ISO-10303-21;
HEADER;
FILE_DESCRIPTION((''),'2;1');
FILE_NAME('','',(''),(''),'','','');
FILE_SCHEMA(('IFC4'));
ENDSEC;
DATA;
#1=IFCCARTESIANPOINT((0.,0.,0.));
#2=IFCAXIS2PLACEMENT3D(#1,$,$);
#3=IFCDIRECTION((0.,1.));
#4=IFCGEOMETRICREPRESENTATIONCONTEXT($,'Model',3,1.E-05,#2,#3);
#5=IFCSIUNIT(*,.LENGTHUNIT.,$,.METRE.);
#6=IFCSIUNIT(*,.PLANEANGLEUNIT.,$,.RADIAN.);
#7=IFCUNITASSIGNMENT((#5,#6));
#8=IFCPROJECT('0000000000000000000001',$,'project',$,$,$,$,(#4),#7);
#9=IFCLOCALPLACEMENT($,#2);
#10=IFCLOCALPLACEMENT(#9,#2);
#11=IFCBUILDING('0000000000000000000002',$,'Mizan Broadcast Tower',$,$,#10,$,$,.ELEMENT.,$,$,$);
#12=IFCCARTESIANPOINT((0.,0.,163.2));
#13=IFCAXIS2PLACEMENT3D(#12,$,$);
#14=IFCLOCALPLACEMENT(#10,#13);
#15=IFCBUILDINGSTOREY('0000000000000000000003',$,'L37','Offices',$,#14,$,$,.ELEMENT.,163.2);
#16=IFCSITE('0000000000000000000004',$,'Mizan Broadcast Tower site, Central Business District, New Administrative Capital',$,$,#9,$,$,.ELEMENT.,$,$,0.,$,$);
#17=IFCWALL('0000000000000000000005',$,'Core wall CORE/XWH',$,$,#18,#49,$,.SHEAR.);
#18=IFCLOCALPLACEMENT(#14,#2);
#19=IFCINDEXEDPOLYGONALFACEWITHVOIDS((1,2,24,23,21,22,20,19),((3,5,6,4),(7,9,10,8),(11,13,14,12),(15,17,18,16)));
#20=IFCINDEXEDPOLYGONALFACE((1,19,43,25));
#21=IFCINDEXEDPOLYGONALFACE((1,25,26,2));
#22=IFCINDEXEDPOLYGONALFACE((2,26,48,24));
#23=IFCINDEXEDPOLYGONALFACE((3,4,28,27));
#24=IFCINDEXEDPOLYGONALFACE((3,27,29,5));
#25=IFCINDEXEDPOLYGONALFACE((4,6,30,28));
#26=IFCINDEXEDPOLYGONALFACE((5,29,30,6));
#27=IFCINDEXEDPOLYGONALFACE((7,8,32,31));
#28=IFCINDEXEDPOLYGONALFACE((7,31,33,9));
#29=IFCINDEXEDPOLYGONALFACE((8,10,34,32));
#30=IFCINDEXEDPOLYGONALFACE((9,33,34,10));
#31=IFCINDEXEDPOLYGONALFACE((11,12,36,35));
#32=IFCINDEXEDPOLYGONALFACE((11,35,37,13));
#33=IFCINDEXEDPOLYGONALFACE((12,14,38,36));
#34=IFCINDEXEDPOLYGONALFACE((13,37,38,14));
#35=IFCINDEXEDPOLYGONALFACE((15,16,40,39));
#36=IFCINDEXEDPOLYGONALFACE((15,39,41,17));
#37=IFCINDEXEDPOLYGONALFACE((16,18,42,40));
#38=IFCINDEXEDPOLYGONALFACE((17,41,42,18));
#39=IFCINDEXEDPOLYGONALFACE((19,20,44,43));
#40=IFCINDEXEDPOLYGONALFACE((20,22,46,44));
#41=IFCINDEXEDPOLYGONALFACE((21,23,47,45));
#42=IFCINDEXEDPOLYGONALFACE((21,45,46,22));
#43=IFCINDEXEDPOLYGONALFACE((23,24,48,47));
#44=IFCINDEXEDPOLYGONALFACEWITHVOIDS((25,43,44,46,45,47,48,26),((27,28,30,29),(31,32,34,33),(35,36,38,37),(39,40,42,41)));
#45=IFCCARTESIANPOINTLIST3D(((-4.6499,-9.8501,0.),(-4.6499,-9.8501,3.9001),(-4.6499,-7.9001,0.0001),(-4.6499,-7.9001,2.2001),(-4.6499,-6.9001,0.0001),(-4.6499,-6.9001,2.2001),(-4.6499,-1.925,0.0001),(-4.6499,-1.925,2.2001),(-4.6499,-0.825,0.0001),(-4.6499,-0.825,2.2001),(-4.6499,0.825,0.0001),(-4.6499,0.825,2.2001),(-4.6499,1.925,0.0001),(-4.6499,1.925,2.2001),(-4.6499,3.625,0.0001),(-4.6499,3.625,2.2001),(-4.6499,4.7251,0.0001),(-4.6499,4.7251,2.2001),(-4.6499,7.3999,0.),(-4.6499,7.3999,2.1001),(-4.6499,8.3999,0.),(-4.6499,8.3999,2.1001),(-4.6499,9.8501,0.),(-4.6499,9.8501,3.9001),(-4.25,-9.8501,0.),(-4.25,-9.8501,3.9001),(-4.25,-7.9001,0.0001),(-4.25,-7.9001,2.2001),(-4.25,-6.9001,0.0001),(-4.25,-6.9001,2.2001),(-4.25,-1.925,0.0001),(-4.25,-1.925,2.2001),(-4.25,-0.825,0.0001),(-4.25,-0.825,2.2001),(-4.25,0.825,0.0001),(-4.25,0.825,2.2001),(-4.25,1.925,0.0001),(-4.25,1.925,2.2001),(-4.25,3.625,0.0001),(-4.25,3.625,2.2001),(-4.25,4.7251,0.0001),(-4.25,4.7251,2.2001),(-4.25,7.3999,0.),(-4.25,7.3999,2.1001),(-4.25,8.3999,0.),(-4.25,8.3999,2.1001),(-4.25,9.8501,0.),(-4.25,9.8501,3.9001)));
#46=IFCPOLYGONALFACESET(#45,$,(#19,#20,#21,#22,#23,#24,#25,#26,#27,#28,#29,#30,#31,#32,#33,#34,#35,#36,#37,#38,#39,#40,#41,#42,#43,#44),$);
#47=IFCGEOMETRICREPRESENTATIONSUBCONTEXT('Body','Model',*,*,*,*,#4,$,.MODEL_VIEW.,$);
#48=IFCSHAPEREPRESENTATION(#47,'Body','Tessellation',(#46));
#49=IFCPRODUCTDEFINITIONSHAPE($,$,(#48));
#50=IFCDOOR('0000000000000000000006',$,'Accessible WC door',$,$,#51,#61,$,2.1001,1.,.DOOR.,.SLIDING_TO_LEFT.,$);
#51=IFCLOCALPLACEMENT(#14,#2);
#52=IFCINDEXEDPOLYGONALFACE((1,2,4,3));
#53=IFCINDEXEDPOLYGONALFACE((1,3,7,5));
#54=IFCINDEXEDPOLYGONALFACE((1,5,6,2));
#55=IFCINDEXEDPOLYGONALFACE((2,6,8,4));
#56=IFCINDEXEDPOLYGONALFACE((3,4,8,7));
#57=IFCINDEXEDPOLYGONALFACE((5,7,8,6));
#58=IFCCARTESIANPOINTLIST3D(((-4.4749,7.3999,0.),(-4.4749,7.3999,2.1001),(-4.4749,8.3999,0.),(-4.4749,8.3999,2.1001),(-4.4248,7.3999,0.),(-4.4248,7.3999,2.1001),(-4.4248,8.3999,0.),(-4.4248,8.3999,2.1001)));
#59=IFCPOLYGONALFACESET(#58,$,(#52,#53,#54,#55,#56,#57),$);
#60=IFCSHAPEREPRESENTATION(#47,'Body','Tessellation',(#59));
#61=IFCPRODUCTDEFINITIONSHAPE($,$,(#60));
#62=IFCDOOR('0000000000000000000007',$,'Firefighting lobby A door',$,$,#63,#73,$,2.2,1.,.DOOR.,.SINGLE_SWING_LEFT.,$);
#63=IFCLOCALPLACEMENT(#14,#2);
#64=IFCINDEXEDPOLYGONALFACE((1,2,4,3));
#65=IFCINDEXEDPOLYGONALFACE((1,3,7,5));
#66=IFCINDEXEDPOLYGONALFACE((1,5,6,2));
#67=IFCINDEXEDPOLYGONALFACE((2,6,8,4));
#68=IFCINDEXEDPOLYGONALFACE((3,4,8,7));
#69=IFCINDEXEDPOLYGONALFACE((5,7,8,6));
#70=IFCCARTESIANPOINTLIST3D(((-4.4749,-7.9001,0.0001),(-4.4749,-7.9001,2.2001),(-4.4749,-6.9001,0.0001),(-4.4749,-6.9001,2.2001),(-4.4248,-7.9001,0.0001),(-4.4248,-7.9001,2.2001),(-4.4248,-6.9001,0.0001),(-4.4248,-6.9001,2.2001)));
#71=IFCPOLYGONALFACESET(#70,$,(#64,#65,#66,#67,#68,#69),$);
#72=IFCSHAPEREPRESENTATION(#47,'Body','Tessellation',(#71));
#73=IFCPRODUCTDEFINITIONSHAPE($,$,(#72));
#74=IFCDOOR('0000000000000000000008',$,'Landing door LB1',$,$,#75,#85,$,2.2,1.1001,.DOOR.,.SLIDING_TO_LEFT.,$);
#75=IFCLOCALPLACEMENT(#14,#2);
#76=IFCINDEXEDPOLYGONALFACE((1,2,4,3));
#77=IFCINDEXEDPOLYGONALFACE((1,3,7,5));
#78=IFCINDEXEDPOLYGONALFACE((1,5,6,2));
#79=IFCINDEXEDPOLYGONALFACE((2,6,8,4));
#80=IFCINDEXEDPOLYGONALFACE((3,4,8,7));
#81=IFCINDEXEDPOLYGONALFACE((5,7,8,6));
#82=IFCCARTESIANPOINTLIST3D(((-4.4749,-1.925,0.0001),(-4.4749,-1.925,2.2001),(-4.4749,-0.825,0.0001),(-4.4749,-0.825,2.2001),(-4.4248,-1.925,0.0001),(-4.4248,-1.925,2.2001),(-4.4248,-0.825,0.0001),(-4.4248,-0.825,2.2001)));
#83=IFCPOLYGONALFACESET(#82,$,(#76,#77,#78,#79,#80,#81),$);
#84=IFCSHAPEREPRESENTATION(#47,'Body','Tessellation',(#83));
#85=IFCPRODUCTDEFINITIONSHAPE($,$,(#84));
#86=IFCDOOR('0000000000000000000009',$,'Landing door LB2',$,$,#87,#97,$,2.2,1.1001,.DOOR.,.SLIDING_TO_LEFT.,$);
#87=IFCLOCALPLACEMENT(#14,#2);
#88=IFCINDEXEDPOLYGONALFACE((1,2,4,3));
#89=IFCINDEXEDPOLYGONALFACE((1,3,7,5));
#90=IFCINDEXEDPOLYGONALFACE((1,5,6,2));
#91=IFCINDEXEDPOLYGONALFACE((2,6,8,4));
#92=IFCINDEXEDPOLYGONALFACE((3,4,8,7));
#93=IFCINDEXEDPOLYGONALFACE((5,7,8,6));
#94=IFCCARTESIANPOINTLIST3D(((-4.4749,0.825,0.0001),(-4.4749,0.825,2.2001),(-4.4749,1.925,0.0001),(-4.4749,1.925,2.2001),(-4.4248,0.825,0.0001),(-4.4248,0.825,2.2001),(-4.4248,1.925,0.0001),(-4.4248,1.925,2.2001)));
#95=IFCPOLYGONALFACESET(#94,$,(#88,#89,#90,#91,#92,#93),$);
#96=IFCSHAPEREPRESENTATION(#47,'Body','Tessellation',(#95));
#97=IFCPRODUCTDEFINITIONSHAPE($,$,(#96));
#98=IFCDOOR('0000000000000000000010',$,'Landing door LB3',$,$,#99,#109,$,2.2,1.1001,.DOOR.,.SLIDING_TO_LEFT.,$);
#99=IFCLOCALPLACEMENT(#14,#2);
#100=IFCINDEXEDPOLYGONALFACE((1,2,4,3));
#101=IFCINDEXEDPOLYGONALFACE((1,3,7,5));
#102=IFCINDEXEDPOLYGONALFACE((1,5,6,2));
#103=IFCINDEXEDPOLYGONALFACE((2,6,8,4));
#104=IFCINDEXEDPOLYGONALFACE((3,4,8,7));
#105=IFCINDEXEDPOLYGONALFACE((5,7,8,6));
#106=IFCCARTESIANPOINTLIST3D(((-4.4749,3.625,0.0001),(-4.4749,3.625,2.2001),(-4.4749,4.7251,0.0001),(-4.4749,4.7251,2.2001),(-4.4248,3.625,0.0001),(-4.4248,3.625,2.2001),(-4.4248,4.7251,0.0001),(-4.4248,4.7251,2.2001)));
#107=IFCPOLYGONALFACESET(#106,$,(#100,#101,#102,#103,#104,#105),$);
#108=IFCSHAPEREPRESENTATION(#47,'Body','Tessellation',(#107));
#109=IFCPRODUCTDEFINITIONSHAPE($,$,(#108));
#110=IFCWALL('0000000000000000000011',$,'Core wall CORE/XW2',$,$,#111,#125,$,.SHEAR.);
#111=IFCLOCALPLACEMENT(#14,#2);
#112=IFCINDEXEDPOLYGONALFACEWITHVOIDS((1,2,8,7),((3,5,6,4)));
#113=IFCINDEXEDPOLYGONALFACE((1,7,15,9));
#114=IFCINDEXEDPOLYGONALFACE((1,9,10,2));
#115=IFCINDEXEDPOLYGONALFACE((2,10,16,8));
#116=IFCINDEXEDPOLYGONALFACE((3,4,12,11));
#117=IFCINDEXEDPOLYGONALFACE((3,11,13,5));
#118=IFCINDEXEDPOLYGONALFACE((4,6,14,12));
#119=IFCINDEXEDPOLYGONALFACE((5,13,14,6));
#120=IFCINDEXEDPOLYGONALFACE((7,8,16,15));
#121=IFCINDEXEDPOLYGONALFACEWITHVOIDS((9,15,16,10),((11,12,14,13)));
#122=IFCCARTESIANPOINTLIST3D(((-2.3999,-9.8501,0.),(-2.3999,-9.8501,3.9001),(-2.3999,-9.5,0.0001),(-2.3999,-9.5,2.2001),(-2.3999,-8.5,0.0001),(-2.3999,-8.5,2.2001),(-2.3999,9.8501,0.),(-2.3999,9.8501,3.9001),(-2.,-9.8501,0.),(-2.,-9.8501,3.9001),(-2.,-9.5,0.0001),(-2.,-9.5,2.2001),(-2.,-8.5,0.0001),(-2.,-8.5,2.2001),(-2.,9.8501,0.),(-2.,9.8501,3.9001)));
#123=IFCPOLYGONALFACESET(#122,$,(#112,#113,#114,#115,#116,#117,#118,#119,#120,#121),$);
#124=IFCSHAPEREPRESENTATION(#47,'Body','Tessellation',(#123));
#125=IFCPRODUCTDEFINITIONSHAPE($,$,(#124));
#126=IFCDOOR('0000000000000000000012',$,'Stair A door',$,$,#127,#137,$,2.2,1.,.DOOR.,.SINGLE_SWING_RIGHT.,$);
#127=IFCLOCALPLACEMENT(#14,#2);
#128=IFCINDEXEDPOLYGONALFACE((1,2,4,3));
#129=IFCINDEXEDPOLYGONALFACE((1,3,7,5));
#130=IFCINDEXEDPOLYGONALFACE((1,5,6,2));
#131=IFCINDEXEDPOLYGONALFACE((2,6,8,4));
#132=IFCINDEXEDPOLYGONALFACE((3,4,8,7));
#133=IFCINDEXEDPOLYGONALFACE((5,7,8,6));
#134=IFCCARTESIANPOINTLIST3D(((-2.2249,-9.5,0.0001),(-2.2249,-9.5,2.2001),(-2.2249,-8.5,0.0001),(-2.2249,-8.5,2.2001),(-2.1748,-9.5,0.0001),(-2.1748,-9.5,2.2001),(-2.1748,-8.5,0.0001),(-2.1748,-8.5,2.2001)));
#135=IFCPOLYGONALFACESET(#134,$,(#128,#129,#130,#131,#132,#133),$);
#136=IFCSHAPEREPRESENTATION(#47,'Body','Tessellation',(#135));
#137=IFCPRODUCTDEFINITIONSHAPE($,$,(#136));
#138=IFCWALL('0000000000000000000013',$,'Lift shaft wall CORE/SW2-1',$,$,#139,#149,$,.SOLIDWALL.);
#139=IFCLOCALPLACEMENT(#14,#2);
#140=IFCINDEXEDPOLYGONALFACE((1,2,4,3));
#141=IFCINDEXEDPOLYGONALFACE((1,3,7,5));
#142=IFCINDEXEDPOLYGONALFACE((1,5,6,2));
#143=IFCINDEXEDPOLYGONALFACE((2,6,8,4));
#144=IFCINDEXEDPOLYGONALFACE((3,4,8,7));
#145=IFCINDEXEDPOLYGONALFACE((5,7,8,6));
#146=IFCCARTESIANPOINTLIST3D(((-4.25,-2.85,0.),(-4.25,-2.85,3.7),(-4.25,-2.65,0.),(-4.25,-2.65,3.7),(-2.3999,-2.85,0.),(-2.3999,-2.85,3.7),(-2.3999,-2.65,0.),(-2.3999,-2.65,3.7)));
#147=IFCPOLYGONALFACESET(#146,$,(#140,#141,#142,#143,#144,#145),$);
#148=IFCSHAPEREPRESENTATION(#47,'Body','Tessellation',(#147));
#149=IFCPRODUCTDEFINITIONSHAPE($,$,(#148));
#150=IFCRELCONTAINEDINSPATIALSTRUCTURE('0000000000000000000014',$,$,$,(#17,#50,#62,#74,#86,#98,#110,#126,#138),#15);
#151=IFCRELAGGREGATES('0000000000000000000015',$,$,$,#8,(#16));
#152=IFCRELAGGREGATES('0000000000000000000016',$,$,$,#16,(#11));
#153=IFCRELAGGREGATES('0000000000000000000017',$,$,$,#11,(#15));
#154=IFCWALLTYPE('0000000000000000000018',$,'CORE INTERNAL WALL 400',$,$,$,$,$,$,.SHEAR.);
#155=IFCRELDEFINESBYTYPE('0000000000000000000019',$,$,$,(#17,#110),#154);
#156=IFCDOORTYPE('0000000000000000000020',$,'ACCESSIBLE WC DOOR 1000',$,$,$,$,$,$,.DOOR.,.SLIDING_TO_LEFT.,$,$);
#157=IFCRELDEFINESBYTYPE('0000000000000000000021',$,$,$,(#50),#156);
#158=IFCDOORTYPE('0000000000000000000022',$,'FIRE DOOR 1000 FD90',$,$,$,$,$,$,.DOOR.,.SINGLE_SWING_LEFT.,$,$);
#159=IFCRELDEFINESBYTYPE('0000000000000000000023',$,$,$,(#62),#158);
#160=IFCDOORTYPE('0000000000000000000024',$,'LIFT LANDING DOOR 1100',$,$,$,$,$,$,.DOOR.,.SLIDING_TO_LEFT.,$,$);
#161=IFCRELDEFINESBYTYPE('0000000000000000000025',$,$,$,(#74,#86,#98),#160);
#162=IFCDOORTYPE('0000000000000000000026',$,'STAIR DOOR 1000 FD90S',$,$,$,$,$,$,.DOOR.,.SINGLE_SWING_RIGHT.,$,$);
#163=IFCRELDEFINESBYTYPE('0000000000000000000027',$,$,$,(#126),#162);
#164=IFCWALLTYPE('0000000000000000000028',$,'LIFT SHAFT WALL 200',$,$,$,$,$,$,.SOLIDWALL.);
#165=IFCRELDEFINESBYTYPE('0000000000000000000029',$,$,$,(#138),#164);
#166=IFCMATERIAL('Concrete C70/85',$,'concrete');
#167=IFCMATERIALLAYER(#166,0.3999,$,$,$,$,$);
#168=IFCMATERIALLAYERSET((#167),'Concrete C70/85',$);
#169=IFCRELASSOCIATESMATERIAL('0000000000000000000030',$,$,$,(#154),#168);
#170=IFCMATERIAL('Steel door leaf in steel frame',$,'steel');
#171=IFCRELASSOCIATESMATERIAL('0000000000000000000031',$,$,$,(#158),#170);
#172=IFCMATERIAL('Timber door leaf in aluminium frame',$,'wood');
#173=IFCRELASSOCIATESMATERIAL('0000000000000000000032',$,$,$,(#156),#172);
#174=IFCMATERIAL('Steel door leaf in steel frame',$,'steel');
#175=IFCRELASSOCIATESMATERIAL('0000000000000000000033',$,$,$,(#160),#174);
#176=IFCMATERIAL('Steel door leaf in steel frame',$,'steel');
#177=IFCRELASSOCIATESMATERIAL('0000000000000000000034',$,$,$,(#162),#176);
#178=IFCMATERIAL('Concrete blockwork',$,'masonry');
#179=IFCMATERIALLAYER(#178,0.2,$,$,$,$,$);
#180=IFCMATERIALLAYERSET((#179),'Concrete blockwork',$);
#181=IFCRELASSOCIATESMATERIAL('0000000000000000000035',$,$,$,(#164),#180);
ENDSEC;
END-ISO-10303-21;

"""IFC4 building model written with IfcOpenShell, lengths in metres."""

from ifc_helpers import new_model, si_unit, direction, frame, frame_2d, origin, place, context, subcontext, project, spatial, rectangle, extrude, material, layer, layer_set, type_object, element, fill, save


model = new_model("IFC4")

# Units and contexts
model_context = context("Model", 3, precision=1e-05, world=origin(), true_north=direction((0.0, 1.0)))
body_context = subcontext(model_context, "Body", "Model", "MODEL_VIEW")
ifc_project = project(units=[si_unit("LENGTHUNIT", "METRE"), si_unit("PLANEANGLEUNIT", "RADIAN")], contexts=[model_context])

# Site, building, storey
site_placement = place(None, origin())
site = spatial("IfcSite", under=ifc_project, at=site_placement, Name="Mizan Broadcast Tower site, Central Business District, New Administrative Capital", CompositionType="ELEMENT", RefElevation=0.0)
building_placement = place(site_placement, origin())
building = spatial("IfcBuilding", under=site, at=building_placement, Name="Mizan Broadcast Tower", CompositionType="ELEMENT")
storey_placement = place(building_placement, frame((0.0, 0.0, 163.2)))
storey = spatial("IfcBuildingStorey", under=building, at=storey_placement, Name="L37", Description="Offices", CompositionType="ELEMENT", Elevation=163.2)

# Wall, openings, doors
ifc_material_1 = material(Name="Concrete C70/85", Category="concrete")
ifc_layer_1 = layer(ifc_material_1, 0.3999)
ifc_layer_set_1 = layer_set([ifc_layer_1], Name="Concrete C70/85")
wall_type_1 = type_object("IfcWallType", Name="CORE INTERNAL WALL 400", PredefinedType="SHEAR", material=ifc_layer_set_1)
ifc_material_2 = material(Name="Steel door leaf in steel frame", Category="steel")
door_type_1 = type_object("IfcDoorType", Name="FIRE DOOR 1000 FD90", OperationType="SINGLE_SWING_LEFT", PredefinedType="DOOR", material=ifc_material_2)
wall_1_placement = place(storey_placement, frame((-4.45, -9.8501, 0.0), z_axis=(0.0, 0.0, 1.0), x_axis=(0.0, 1.0, 0.0)))
wall_1 = element("IfcWall", 1, at=wall_1_placement, inside=storey, type_object=wall_type_1, Name="Core wall CORE/XWH", PredefinedType="SHEAR", context=body_context, shape_type="SweptSolid", body=[
    extrude(rectangle(XDim=19.7002, YDim=0.3999, at=frame_2d((9.8501, 0.0))), origin(), (0.0, 0.0, 1.0), 3.9001),
])
opening_1_placement = place(wall_1_placement, frame((1.95, 0.0, 0.0)))
opening_1 = element("IfcOpeningElement", 2, at=opening_1_placement, cuts=wall_1, PredefinedType="OPENING", context=body_context, shape_type="SweptSolid", body=[
    extrude(rectangle(XDim=1.0, YDim=2.2, at=frame_2d((0.5, 1.1001))), frame((0.0, 0.21, 0.0), z_axis=(0.0, -1.0, 0.0), x_axis=(1.0, 0.0, 0.0)), (0.0, 0.0, 1.0), 0.4199),
])
opening_2_placement = place(wall_1_placement, frame((17.25, 0.0, 0.0)))
opening_2 = element("IfcOpeningElement", 3, at=opening_2_placement, cuts=wall_1, PredefinedType="OPENING", context=body_context, shape_type="SweptSolid", body=[
    extrude(rectangle(XDim=1.0, YDim=2.1001, at=frame_2d((0.5, 1.05))), frame((0.0, 0.21, 0.0), z_axis=(0.0, -1.0, 0.0), x_axis=(1.0, 0.0, 0.0)), (0.0, 0.0, 1.0), 0.4199),
])
opening_3_placement = place(wall_1_placement, frame((7.925, 0.0, 0.0)))
opening_3 = element("IfcOpeningElement", 4, at=opening_3_placement, cuts=wall_1, PredefinedType="OPENING", context=body_context, shape_type="SweptSolid", body=[
    extrude(rectangle(XDim=1.1001, YDim=2.2, at=frame_2d((0.55, 1.1001))), frame((0.0, 0.21, 0.0), z_axis=(0.0, -1.0, 0.0), x_axis=(1.0, 0.0, 0.0)), (0.0, 0.0, 1.0), 0.4199),
])
opening_4_placement = place(wall_1_placement, frame((10.675, 0.0, 0.0)))
opening_4 = element("IfcOpeningElement", 5, at=opening_4_placement, cuts=wall_1, PredefinedType="OPENING", context=body_context, shape_type="SweptSolid", body=[
    extrude(rectangle(XDim=1.1001, YDim=2.2, at=frame_2d((0.55, 1.1001))), frame((0.0, 0.21, 0.0), z_axis=(0.0, -1.0, 0.0), x_axis=(1.0, 0.0, 0.0)), (0.0, 0.0, 1.0), 0.4199),
])
opening_5_placement = place(wall_1_placement, frame((13.4751, 0.0, 0.0)))
opening_5 = element("IfcOpeningElement", 6, at=opening_5_placement, cuts=wall_1, PredefinedType="OPENING", context=body_context, shape_type="SweptSolid", body=[
    extrude(rectangle(XDim=1.1001, YDim=2.2, at=frame_2d((0.55, 1.1001))), frame((0.0, 0.21, 0.0), z_axis=(0.0, -1.0, 0.0), x_axis=(1.0, 0.0, 0.0)), (0.0, 0.0, 1.0), 0.4199),
])
ifc_material_3 = material(Name="Timber door leaf in aluminium frame", Category="wood")
door_type_2 = type_object("IfcDoorType", Name="ACCESSIBLE WC DOOR 1000", OperationType="SLIDING_TO_LEFT", PredefinedType="DOOR", material=ifc_material_3)
door_1_placement = place(opening_2_placement, origin())
door_1 = element("IfcDoor", 7, at=door_1_placement, inside=storey, type_object=door_type_2, Name="Accessible WC door", OperationType="SLIDING_TO_LEFT", OverallHeight=2.1001, OverallWidth=1.0, PredefinedType="DOOR", context=body_context, shape_type="SweptSolid", body=[
    extrude(rectangle(XDim=1.0, YDim=2.1001, at=frame_2d((0.5, 1.05))), frame((0.0, 0.0249, 0.0), z_axis=(0.0, -1.0, 0.0), x_axis=(1.0, 0.0, 0.0)), (0.0, 0.0, 1.0), 0.05),
])
fill(opening_2, door_1)
door_2_placement = place(opening_1_placement, origin())
door_2 = element("IfcDoor", 8, at=door_2_placement, inside=storey, type_object=door_type_1, Name="Firefighting lobby A door", OperationType="SINGLE_SWING_LEFT", OverallHeight=2.2, OverallWidth=1.0, PredefinedType="DOOR", context=body_context, shape_type="SweptSolid", body=[
    extrude(rectangle(XDim=1.0, YDim=2.2, at=frame_2d((0.5, 1.1001))), frame((0.0, 0.0249, 0.0), z_axis=(0.0, -1.0, 0.0), x_axis=(1.0, 0.0, 0.0)), (0.0, 0.0, 1.0), 0.05),
])
fill(opening_1, door_2)
ifc_material_4 = material(Name="Steel door leaf in steel frame", Category="steel")
door_type_3 = type_object("IfcDoorType", Name="LIFT LANDING DOOR 1100", OperationType="SLIDING_TO_LEFT", PredefinedType="DOOR", material=ifc_material_4)
door_3_placement = place(opening_3_placement, origin())
door_3 = element("IfcDoor", 9, at=door_3_placement, inside=storey, type_object=door_type_3, Name="Landing door LB1", OperationType="SLIDING_TO_LEFT", OverallHeight=2.2, OverallWidth=1.1001, PredefinedType="DOOR", context=body_context, shape_type="SweptSolid", body=[
    extrude(rectangle(XDim=1.1001, YDim=2.2, at=frame_2d((0.55, 1.1001))), frame((0.0, 0.0249, 0.0), z_axis=(0.0, -1.0, 0.0), x_axis=(1.0, 0.0, 0.0)), (0.0, 0.0, 1.0), 0.05),
])
fill(opening_3, door_3)
door_4_placement = place(opening_4_placement, origin())
door_4 = element("IfcDoor", 10, at=door_4_placement, inside=storey, type_object=door_type_3, Name="Landing door LB2", OperationType="SLIDING_TO_LEFT", OverallHeight=2.2, OverallWidth=1.1001, PredefinedType="DOOR", context=body_context, shape_type="SweptSolid", body=[
    extrude(rectangle(XDim=1.1001, YDim=2.2, at=frame_2d((0.55, 1.1001))), frame((0.0, 0.0249, 0.0), z_axis=(0.0, -1.0, 0.0), x_axis=(1.0, 0.0, 0.0)), (0.0, 0.0, 1.0), 0.05),
])
fill(opening_4, door_4)
door_5_placement = place(opening_5_placement, origin())
door_5 = element("IfcDoor", 11, at=door_5_placement, inside=storey, type_object=door_type_3, Name="Landing door LB3", OperationType="SLIDING_TO_LEFT", OverallHeight=2.2, OverallWidth=1.1001, PredefinedType="DOOR", context=body_context, shape_type="SweptSolid", body=[
    extrude(rectangle(XDim=1.1001, YDim=2.2, at=frame_2d((0.55, 1.1001))), frame((0.0, 0.0249, 0.0), z_axis=(0.0, -1.0, 0.0), x_axis=(1.0, 0.0, 0.0)), (0.0, 0.0, 1.0), 0.05),
])
fill(opening_5, door_5)

# Wall, opening, door
wall_2_placement = place(storey_placement, frame((-2.2, -9.8501, 0.0), z_axis=(0.0, 0.0, 1.0), x_axis=(0.0, 1.0, 0.0)))
wall_2 = element("IfcWall", 12, at=wall_2_placement, inside=storey, type_object=wall_type_1, Name="Core wall CORE/XW2", PredefinedType="SHEAR", context=body_context, shape_type="SweptSolid", body=[
    extrude(rectangle(XDim=19.7002, YDim=0.3999, at=frame_2d((9.8501, 0.0))), origin(), (0.0, 0.0, 1.0), 3.9001),
])
opening_6_placement = place(wall_2_placement, frame((0.3501, 0.0, 0.0)))
opening_6 = element("IfcOpeningElement", 13, at=opening_6_placement, cuts=wall_2, PredefinedType="OPENING", context=body_context, shape_type="SweptSolid", body=[
    extrude(rectangle(XDim=1.0, YDim=2.2, at=frame_2d((0.5, 1.1001))), frame((0.0, 0.21, 0.0), z_axis=(0.0, -1.0, 0.0), x_axis=(1.0, 0.0, 0.0)), (0.0, 0.0, 1.0), 0.4199),
])
ifc_material_5 = material(Name="Steel door leaf in steel frame", Category="steel")
door_type_4 = type_object("IfcDoorType", Name="STAIR DOOR 1000 FD90S", OperationType="SINGLE_SWING_RIGHT", PredefinedType="DOOR", material=ifc_material_5)
door_6_placement = place(opening_6_placement, origin())
door_6 = element("IfcDoor", 14, at=door_6_placement, inside=storey, type_object=door_type_4, Name="Stair A door", OperationType="SINGLE_SWING_RIGHT", OverallHeight=2.2, OverallWidth=1.0, PredefinedType="DOOR", context=body_context, shape_type="SweptSolid", body=[
    extrude(rectangle(XDim=1.0, YDim=2.2, at=frame_2d((0.5, 1.1001))), frame((0.0, 0.0249, 0.0), z_axis=(0.0, -1.0, 0.0), x_axis=(1.0, 0.0, 0.0)), (0.0, 0.0, 1.0), 0.05),
])
fill(opening_6, door_6)

# Wall
ifc_material_6 = material(Name="Concrete blockwork", Category="masonry")
ifc_layer_2 = layer(ifc_material_6, 0.2)
ifc_layer_set_2 = layer_set([ifc_layer_2], Name="Concrete blockwork")
wall_type_2 = type_object("IfcWallType", Name="LIFT SHAFT WALL 200", PredefinedType="SOLIDWALL", material=ifc_layer_set_2)
wall_3_placement = place(storey_placement, frame((-4.25, -2.75, 0.0), z_axis=(0.0, 0.0, 1.0), x_axis=(1.0, 0.0, 0.0)))
element("IfcWall", 15, at=wall_3_placement, inside=storey, type_object=wall_type_2, Name="Lift shaft wall CORE/SW2-1", PredefinedType="SOLIDWALL", context=body_context, shape_type="SweptSolid", body=[
    extrude(rectangle(XDim=1.8501, YDim=0.2, at=frame_2d((0.925, 0.0))), origin(), (0.0, 0.0, 1.0), 3.7),
])

save(model, "model.ifc")
